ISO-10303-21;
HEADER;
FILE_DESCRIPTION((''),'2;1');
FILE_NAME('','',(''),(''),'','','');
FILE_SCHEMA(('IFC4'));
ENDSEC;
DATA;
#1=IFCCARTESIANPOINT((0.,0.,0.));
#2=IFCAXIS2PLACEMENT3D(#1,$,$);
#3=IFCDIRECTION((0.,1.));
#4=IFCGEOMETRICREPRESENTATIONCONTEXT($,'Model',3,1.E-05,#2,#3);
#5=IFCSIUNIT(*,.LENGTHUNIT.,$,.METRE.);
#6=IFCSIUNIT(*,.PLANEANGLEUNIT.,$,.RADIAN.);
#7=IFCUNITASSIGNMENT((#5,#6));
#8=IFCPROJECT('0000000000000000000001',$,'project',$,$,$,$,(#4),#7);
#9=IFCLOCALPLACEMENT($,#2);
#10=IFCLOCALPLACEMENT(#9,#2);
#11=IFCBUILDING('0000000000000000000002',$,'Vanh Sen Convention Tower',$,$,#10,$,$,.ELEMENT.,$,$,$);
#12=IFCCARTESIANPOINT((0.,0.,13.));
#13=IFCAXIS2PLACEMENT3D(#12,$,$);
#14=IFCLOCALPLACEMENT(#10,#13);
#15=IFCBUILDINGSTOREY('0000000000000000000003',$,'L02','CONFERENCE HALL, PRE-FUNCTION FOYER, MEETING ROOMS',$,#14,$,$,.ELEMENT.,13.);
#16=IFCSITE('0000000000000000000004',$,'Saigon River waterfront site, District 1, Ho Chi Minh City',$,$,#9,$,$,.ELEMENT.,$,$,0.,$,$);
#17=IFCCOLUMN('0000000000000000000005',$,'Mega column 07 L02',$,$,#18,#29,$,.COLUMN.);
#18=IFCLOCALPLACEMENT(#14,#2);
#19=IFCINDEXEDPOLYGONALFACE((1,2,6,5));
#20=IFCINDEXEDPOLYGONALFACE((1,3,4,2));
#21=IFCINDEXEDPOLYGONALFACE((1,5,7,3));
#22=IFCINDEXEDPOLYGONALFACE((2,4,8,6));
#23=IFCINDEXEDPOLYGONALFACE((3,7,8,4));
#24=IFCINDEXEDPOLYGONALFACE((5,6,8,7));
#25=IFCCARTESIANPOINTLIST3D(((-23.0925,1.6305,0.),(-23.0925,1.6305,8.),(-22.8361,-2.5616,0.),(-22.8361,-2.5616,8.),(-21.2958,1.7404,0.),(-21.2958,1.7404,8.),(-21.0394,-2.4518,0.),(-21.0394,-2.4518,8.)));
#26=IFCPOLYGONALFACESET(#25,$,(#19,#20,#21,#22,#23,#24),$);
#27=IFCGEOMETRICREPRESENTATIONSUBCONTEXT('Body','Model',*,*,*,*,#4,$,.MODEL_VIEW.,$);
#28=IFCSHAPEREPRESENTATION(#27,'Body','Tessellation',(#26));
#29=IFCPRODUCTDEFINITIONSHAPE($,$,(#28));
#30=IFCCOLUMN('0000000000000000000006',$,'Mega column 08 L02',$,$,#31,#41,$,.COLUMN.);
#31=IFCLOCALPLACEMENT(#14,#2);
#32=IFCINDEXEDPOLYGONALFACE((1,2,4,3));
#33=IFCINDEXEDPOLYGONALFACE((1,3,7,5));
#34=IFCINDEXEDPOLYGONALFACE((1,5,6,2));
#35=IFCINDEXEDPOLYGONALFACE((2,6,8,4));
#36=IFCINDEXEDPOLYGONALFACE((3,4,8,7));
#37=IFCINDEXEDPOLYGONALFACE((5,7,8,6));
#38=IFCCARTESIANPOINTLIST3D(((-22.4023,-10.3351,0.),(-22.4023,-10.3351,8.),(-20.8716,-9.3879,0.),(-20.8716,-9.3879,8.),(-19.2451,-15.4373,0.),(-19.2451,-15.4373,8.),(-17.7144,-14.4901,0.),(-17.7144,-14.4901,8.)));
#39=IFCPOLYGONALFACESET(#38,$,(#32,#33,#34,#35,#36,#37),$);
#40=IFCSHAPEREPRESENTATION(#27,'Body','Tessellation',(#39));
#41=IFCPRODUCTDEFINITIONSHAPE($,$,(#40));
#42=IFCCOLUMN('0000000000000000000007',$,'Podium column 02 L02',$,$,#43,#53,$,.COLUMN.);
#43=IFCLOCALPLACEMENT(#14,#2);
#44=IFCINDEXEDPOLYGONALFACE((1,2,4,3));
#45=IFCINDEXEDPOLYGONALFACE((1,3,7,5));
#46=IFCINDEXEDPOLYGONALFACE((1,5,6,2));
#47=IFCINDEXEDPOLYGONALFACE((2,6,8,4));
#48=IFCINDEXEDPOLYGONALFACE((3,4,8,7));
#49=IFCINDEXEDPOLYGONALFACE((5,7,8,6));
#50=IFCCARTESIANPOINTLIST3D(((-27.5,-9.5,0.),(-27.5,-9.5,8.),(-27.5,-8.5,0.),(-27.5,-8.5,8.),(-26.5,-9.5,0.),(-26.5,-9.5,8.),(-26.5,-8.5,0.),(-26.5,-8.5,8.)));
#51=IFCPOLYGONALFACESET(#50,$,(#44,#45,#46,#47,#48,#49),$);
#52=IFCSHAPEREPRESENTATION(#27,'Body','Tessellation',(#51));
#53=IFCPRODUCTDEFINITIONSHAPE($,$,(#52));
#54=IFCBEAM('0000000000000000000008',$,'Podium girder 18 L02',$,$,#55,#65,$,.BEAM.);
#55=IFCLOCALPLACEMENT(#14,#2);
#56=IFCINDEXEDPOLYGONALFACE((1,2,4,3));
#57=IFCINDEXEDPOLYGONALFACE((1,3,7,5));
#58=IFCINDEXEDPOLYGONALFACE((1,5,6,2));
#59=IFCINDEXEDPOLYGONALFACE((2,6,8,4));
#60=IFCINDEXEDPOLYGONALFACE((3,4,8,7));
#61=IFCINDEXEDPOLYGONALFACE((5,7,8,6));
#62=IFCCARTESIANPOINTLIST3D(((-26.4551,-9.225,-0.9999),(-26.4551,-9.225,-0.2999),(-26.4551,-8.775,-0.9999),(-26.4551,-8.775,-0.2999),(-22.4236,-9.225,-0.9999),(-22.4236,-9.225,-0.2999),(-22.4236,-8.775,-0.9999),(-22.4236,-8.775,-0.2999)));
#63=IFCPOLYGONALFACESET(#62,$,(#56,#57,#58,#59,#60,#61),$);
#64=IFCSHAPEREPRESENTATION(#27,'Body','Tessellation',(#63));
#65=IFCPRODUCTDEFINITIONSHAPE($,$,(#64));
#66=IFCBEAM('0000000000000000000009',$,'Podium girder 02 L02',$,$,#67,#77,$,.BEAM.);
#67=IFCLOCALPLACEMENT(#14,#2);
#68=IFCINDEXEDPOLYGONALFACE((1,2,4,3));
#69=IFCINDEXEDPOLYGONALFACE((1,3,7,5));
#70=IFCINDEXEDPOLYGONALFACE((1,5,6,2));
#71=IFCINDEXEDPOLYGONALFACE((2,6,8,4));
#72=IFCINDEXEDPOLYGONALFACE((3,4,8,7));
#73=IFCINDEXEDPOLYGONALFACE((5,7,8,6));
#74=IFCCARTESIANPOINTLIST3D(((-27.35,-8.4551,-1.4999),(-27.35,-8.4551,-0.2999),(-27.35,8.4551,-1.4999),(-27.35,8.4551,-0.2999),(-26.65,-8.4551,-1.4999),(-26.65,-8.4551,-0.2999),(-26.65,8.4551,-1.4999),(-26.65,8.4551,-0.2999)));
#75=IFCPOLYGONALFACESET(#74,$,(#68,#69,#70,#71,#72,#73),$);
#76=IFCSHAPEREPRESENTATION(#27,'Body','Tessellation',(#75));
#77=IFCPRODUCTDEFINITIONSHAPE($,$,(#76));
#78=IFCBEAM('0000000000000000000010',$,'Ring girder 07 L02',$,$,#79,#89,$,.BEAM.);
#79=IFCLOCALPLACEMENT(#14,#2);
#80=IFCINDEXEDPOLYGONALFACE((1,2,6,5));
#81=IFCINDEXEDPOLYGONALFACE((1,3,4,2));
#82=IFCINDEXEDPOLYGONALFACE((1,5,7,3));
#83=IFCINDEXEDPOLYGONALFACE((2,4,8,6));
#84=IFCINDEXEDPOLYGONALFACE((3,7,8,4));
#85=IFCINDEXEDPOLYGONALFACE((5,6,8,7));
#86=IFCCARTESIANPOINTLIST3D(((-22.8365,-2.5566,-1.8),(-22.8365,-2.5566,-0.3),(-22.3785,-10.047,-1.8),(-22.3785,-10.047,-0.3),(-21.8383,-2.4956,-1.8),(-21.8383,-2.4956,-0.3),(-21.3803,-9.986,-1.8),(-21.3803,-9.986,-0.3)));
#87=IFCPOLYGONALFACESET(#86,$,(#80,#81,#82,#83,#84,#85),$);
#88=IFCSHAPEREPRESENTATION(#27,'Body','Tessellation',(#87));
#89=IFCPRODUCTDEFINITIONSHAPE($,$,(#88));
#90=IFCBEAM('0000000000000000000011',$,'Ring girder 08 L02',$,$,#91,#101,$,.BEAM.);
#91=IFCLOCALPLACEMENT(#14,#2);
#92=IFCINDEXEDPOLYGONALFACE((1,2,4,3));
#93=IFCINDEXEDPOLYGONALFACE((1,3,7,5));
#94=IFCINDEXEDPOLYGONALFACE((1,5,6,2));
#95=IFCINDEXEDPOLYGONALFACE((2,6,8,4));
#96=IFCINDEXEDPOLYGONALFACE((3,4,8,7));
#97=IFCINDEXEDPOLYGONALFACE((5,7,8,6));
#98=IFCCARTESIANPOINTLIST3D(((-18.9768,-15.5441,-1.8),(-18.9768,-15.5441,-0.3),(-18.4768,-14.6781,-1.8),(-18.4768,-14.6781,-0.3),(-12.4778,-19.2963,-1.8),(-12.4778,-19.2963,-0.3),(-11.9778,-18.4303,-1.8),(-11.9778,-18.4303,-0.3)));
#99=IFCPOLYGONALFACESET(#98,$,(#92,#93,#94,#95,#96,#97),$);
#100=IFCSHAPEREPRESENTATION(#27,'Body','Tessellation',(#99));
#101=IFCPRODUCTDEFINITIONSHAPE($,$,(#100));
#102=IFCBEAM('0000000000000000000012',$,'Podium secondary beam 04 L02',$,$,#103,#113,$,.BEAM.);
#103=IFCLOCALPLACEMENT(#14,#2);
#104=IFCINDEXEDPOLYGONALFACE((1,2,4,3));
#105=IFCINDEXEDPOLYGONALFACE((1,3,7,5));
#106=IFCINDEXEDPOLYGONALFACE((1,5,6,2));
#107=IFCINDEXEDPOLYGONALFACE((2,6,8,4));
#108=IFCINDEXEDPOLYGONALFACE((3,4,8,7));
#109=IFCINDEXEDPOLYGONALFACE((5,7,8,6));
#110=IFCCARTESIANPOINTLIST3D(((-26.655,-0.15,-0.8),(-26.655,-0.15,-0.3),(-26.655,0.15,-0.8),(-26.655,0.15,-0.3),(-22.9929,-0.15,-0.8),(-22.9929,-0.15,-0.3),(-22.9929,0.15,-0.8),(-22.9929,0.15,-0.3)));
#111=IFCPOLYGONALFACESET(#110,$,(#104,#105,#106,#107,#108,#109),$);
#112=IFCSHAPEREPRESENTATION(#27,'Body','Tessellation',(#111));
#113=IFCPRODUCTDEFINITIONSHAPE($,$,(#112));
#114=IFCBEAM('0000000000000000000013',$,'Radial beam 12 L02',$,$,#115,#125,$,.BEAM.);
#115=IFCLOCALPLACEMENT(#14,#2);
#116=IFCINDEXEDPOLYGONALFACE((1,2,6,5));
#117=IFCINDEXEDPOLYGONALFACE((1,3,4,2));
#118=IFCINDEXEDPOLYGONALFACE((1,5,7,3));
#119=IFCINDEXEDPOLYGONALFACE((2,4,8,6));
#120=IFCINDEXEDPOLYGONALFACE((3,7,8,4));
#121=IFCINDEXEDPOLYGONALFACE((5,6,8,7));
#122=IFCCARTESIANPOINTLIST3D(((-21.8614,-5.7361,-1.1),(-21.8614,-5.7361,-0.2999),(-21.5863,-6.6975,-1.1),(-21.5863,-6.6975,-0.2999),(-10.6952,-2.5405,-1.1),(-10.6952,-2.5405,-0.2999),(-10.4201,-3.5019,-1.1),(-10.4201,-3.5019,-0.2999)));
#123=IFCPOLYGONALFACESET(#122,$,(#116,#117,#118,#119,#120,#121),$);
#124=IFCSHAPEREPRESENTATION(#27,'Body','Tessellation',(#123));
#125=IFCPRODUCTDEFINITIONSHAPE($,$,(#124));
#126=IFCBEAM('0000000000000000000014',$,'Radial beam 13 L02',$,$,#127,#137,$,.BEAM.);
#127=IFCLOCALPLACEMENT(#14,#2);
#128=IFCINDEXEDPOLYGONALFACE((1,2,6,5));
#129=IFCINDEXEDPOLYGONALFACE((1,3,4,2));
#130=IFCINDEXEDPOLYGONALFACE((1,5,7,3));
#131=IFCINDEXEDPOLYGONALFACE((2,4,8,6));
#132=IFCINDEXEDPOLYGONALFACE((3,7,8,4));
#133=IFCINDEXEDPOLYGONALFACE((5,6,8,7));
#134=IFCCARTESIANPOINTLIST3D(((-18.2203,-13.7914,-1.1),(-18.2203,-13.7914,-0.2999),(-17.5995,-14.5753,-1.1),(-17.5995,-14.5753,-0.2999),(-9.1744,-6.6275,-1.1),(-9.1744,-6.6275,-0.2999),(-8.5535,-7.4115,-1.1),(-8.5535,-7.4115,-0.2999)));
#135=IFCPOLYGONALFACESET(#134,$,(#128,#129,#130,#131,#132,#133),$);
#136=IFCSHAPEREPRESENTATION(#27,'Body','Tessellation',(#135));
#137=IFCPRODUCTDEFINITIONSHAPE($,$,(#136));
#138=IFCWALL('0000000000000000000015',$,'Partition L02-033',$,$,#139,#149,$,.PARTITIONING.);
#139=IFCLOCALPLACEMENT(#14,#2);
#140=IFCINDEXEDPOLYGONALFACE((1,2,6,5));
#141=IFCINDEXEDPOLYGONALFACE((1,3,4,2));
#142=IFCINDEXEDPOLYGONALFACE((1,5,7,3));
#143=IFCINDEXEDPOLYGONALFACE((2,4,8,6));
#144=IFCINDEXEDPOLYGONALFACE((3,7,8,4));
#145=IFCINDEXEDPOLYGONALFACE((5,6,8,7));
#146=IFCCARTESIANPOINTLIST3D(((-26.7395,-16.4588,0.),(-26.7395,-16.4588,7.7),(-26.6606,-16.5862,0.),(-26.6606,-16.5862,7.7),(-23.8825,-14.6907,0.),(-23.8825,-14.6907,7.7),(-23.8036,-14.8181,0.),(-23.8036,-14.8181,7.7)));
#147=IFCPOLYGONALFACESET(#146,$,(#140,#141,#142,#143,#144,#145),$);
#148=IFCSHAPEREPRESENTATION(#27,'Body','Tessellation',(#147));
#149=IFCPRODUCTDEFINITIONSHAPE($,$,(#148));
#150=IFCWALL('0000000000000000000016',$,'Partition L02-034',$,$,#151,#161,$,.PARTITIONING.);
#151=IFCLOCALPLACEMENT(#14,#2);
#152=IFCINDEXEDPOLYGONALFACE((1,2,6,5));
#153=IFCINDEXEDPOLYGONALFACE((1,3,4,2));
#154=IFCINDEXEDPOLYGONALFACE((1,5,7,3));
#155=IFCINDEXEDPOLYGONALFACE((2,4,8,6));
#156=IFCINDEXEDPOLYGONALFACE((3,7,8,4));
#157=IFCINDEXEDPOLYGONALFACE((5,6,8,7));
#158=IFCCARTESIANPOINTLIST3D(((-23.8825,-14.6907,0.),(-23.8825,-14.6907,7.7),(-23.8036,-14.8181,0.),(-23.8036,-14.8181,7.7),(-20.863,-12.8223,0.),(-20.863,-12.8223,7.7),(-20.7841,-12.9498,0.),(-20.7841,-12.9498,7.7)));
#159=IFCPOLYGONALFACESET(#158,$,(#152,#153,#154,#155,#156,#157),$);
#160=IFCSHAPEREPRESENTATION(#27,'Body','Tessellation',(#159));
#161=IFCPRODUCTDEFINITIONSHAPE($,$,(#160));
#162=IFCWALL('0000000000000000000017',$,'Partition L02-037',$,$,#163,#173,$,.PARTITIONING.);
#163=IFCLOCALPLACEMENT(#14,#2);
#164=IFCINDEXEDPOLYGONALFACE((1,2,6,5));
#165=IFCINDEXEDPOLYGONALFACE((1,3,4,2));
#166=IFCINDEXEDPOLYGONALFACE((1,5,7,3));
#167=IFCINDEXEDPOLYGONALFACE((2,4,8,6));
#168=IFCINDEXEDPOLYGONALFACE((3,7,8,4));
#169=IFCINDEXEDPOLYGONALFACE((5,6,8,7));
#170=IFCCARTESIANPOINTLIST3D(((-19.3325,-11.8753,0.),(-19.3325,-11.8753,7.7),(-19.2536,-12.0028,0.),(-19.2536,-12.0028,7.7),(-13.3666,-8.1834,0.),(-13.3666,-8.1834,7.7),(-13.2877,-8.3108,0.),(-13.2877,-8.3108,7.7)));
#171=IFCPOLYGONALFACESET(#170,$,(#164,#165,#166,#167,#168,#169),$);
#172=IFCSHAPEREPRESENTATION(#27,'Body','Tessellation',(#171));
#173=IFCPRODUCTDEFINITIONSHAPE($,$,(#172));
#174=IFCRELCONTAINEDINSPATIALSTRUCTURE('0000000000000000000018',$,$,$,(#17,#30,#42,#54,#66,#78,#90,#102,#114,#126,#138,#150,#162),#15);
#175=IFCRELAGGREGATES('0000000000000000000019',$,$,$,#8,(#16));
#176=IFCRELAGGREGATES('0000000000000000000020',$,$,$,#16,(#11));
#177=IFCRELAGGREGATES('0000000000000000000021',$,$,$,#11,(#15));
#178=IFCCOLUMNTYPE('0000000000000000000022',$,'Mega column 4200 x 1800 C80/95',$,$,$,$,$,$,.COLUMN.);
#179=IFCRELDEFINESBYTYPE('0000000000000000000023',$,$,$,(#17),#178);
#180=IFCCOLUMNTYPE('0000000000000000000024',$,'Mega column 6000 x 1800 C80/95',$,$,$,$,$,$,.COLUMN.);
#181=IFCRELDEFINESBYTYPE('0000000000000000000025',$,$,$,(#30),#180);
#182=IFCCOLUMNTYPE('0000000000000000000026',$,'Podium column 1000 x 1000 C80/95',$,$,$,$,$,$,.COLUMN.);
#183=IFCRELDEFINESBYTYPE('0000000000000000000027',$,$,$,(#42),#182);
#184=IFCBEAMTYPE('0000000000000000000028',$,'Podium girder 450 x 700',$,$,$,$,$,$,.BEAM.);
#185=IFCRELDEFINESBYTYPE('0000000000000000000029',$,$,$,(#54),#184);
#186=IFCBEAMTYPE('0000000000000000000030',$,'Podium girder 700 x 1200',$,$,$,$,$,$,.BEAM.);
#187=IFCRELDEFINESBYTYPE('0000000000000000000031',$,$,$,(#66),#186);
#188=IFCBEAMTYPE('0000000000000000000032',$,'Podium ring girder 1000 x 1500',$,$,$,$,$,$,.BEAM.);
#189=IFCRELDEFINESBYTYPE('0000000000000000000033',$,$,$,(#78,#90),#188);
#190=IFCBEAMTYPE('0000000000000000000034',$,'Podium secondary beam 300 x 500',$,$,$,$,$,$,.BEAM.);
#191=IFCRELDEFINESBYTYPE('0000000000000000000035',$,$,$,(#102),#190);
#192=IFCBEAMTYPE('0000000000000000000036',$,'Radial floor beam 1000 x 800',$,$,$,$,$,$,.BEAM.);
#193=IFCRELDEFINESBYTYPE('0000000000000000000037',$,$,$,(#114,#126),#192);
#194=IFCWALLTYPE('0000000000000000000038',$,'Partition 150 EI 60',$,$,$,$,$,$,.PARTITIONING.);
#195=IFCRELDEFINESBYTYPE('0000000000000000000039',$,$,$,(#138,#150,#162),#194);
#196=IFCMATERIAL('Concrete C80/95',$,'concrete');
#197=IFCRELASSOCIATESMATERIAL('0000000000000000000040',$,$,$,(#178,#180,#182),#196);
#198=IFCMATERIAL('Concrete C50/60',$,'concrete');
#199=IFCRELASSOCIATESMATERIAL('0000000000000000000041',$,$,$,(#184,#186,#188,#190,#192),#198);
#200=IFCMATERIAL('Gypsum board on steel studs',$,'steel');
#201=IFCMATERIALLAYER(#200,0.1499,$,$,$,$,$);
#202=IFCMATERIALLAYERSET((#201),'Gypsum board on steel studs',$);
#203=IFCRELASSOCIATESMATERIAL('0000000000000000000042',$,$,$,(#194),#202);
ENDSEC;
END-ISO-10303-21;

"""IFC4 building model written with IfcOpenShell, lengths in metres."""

from ifc_helpers import new_model, si_unit, direction, frame, frame_2d, origin, origin_2d, place, context, subcontext, project, spatial, rectangle, extrude, material, layer, layer_set, material_profile, profile_set, type_object, element, save


model = new_model("IFC4")

# Units and contexts
model_context = context("Model", 3, precision=1e-05, world=origin(), true_north=direction((0.0, 1.0)))
body_context = subcontext(model_context, "Body", "Model", "MODEL_VIEW")
ifc_project = project(units=[si_unit("LENGTHUNIT", "METRE"), si_unit("PLANEANGLEUNIT", "RADIAN")], contexts=[model_context])

# Site, building, storey
site_placement = place(None, origin())
site = spatial("IfcSite", under=ifc_project, at=site_placement, Name="Saigon River waterfront site, District 1, Ho Chi Minh City", CompositionType="ELEMENT", RefElevation=0.0)
building_placement = place(site_placement, origin())
building = spatial("IfcBuilding", under=site, at=building_placement, Name="Vanh Sen Convention Tower", CompositionType="ELEMENT")
storey_placement = place(building_placement, frame((0.0, 0.0, 13.0)))
storey = spatial("IfcBuildingStorey", under=building, at=storey_placement, Name="L02", Description="CONFERENCE HALL, PRE-FUNCTION FOYER, MEETING ROOMS", CompositionType="ELEMENT", Elevation=13.0)

# Columns
ifc_material_1 = material(Name="Concrete C80/95", Category="concrete")
ifc_material_profile_1 = material_profile(ifc_material_1, rectangle(XDim=4.2, YDim=1.8, at=origin_2d()), Name="RC 4200X1800")
ifc_profile_set_1 = profile_set([ifc_material_profile_1], Name="Concrete C80/95")
column_type_1 = type_object("IfcColumnType", Name="Mega column 4200 x 1800 C80/95", PredefinedType="COLUMN", material=ifc_profile_set_1)
column_1_placement = place(storey_placement, frame((-22.0659, -0.4106, 0.0), z_axis=(0.0, 0.0, 1.0), x_axis=(0.061047, -0.998135, 0.0)))
element("IfcColumn", 1, at=column_1_placement, inside=storey, type_object=column_type_1, Name="Mega column 07 L02", PredefinedType="COLUMN", context=body_context, shape_type="SweptSolid", body=[
    extrude(rectangle(XDim=4.2, YDim=1.8, at=origin_2d()), origin(), (0.0, 0.0, 1.0), 8.0),
])
ifc_material_profile_2 = material_profile(ifc_material_1, rectangle(XDim=6.0, YDim=1.8, at=origin_2d()), Name="RC 6000X1800")
ifc_profile_set_2 = profile_set([ifc_material_profile_2], Name="Concrete C80/95")
column_type_2 = type_object("IfcColumnType", Name="Mega column 6000 x 1800 C80/95", PredefinedType="COLUMN", material=ifc_profile_set_2)
column_2_placement = place(storey_placement, frame((-20.0583, -12.4126, 0.0), z_axis=(0.0, 0.0, 1.0), x_axis=(0.526202, -0.85036, 0.0)))
element("IfcColumn", 2, at=column_2_placement, inside=storey, type_object=column_type_2, Name="Mega column 08 L02", PredefinedType="COLUMN", context=body_context, shape_type="SweptSolid", body=[
    extrude(rectangle(XDim=6.0, YDim=1.8, at=origin_2d()), origin(), (0.0, 0.0, 1.0), 8.0),
])
ifc_material_profile_3 = material_profile(ifc_material_1, rectangle(XDim=1.0, YDim=1.0, at=origin_2d()), Name="RC 1000X1000")
ifc_profile_set_3 = profile_set([ifc_material_profile_3], Name="Concrete C80/95")
column_type_3 = type_object("IfcColumnType", Name="Podium column 1000 x 1000 C80/95", PredefinedType="COLUMN", material=ifc_profile_set_3)
column_3_placement = place(storey_placement, frame((-27.0, -9.0, 0.0), z_axis=(0.0, 0.0, 1.0), x_axis=(1.0, 0.0, 0.0)))
element("IfcColumn", 3, at=column_3_placement, inside=storey, type_object=column_type_3, Name="Podium column 02 L02", PredefinedType="COLUMN", context=body_context, shape_type="SweptSolid", body=[
    extrude(rectangle(XDim=1.0, YDim=1.0, at=origin_2d()), origin(), (0.0, 0.0, 1.0), 8.0),
])

# Beams
ifc_material_2 = material(Name="Concrete C50/60", Category="concrete")
ifc_material_profile_4 = material_profile(ifc_material_2, rectangle(XDim=0.45, YDim=0.7, at=origin_2d()), Name="RC 450X700")
ifc_profile_set_4 = profile_set([ifc_material_profile_4], Name="Concrete C50/60")
beam_type_1 = type_object("IfcBeamType", Name="Podium girder 450 x 700", PredefinedType="BEAM", material=ifc_profile_set_4)
beam_1_placement = place(storey_placement, frame((-26.4551, -9.0, -0.6499), z_axis=(1.0, 0.0, 0.0), x_axis=(0.0, 1.0, 0.0)))
element("IfcBeam", 4, at=beam_1_placement, inside=storey, type_object=beam_type_1, Name="Podium girder 18 L02", PredefinedType="BEAM", context=body_context, shape_type="SweptSolid", body=[
    extrude(rectangle(XDim=0.45, YDim=0.7, at=origin_2d()), origin(), (0.0, 0.0, 1.0), 4.0315),
])
ifc_material_profile_5 = material_profile(ifc_material_2, rectangle(XDim=0.7, YDim=1.2, at=origin_2d()), Name="RC 700X1200")
ifc_profile_set_5 = profile_set([ifc_material_profile_5], Name="Concrete C50/60")
beam_type_2 = type_object("IfcBeamType", Name="Podium girder 700 x 1200", PredefinedType="BEAM", material=ifc_profile_set_5)
beam_2_placement = place(storey_placement, frame((-27.0, -8.4551, -0.8999), z_axis=(0.0, 1.0, 0.0), x_axis=(-1.0, 0.0, 0.0)))
element("IfcBeam", 5, at=beam_2_placement, inside=storey, type_object=beam_type_2, Name="Podium girder 02 L02", PredefinedType="BEAM", context=body_context, shape_type="SweptSolid", body=[
    extrude(rectangle(XDim=0.7, YDim=1.2, at=origin_2d()), origin(), (0.0, 0.0, 1.0), 16.9102),
])
ifc_material_profile_6 = material_profile(ifc_material_2, rectangle(XDim=1.0, YDim=1.5, at=origin_2d()), Name="RC 1000X1500")
ifc_profile_set_6 = profile_set([ifc_material_profile_6], Name="Concrete C50/60")
beam_type_3 = type_object("IfcBeamType", Name="Podium ring girder 1000 x 1500", PredefinedType="BEAM", material=ifc_profile_set_6)
for number, where, z_axis, x_axis, name in (
    (6, (-22.3374, -2.5261, -1.05), (0.061031, -0.998136, 0.0), (0.998136, 0.061031, 0.0), "Ring girder 07 L02"),
    (7, (-18.7268, -15.1111, -1.05), (0.866026, -0.499998, 0.0), (0.499998, 0.866026, 0.0), "Ring girder 08 L02"),
):
    element("IfcBeam", number, at=place(storey_placement, frame(where, z_axis=z_axis, x_axis=x_axis)), inside=storey, type_object=beam_type_3, Name=name, PredefinedType="BEAM", context=body_context, shape_type="SweptSolid", body=[
        extrude(rectangle(XDim=1.0, YDim=1.5, at=origin_2d()), origin(), (0.0, 0.0, 1.0), 7.5044),
    ])
ifc_material_profile_7 = material_profile(ifc_material_2, rectangle(XDim=0.3, YDim=0.5, at=origin_2d()), Name="RC 300X500")
ifc_profile_set_7 = profile_set([ifc_material_profile_7], Name="Concrete C50/60")
beam_type_4 = type_object("IfcBeamType", Name="Podium secondary beam 300 x 500", PredefinedType="BEAM", material=ifc_profile_set_7)
beam_3_placement = place(storey_placement, frame((-26.655, 0.0, -0.55), z_axis=(1.0, 0.0, 0.0), x_axis=(0.0, 1.0, 0.0)))
element("IfcBeam", 8, at=beam_3_placement, inside=storey, type_object=beam_type_4, Name="Podium secondary beam 04 L02", PredefinedType="BEAM", context=body_context, shape_type="SweptSolid", body=[
    extrude(rectangle(XDim=0.3, YDim=0.5, at=origin_2d()), origin(), (0.0, 0.0, 1.0), 3.6621),
])
ifc_material_profile_8 = material_profile(ifc_material_2, rectangle(XDim=1.0, YDim=0.8, at=origin_2d()), Name="RC 1000X800")
ifc_profile_set_8 = profile_set([ifc_material_profile_8], Name="Concrete C50/60")
beam_type_5 = type_object("IfcBeamType", Name="Radial floor beam 1000 x 800", PredefinedType="BEAM", material=ifc_profile_set_8)
beam_4_placement = place(storey_placement, frame((-21.7239, -6.2168, -0.7), z_axis=(0.961406, 0.275135, 0.0), x_axis=(-0.275135, 0.961406, 0.0)))
element("IfcBeam", 9, at=beam_4_placement, inside=storey, type_object=beam_type_5, Name="Radial beam 12 L02", PredefinedType="BEAM", context=body_context, shape_type="SweptSolid", body=[
    extrude(rectangle(XDim=1.0, YDim=0.8, at=origin_2d()), origin(), (0.0, 0.0, 1.0), 11.6145),
])
beam_5_placement = place(storey_placement, frame((-17.9099, -14.1833, -0.7), z_axis=(0.783941, 0.620835, 0.0), x_axis=(-0.620835, 0.783941, 0.0)))
element("IfcBeam", 10, at=beam_5_placement, inside=storey, type_object=beam_type_5, Name="Radial beam 13 L02", PredefinedType="BEAM", context=body_context, shape_type="SweptSolid", body=[
    extrude(rectangle(XDim=1.0, YDim=0.8, at=origin_2d()), origin(), (0.0, 0.0, 1.0), 11.5391),
])

# Walls
ifc_material_3 = material(Name="Gypsum board on steel studs", Category="steel")
ifc_layer_1 = layer(ifc_material_3, 0.1499)
ifc_layer_set_1 = layer_set([ifc_layer_1], Name="Gypsum board on steel studs")
wall_type_1 = type_object("IfcWallType", Name="Partition 150 EI 60", PredefinedType="PARTITIONING", material=ifc_layer_set_1)
wall_1_placement = place(storey_placement, frame((-23.843, -14.7544, 0.0), z_axis=(0.0, 0.0, 1.0), x_axis=(-0.850333, -0.526245, 0.0)))
element("IfcWall", 11, at=wall_1_placement, inside=storey, type_object=wall_type_1, Name="Partition L02-033", PredefinedType="PARTITIONING", context=body_context, shape_type="SweptSolid", body=[
    extrude(rectangle(XDim=3.3599, YDim=0.1499, at=frame_2d((1.6799, 0.0))), origin(), (0.0, 0.0, 1.0), 7.7),
])
wall_2_placement = place(storey_placement, frame((-23.843, -14.7544, 0.0), z_axis=(0.0, 0.0, 1.0), x_axis=(0.850369, 0.526187, 0.0)))
element("IfcWall", 12, at=wall_2_placement, inside=storey, type_object=wall_type_1, Name="Partition L02-034", PredefinedType="PARTITIONING", context=body_context, shape_type="SweptSolid", body=[
    extrude(rectangle(XDim=3.5508, YDim=0.1499, at=frame_2d((1.7754, 0.0))), origin(), (0.0, 0.0, 1.0), 7.7),
])
wall_3_placement = place(storey_placement, frame((-19.293, -11.939, 0.0), z_axis=(0.0, 0.0, 1.0), x_axis=(0.850344, 0.526228, 0.0)))
element("IfcWall", 13, at=wall_3_placement, inside=storey, type_object=wall_type_1, Name="Partition L02-037", PredefinedType="PARTITIONING", context=body_context, shape_type="SweptSolid", body=[
    extrude(rectangle(XDim=7.0159, YDim=0.1499, at=frame_2d((3.5078, 0.0))), origin(), (0.0, 0.0, 1.0), 7.7),
])

save(model, "model.ifc")
